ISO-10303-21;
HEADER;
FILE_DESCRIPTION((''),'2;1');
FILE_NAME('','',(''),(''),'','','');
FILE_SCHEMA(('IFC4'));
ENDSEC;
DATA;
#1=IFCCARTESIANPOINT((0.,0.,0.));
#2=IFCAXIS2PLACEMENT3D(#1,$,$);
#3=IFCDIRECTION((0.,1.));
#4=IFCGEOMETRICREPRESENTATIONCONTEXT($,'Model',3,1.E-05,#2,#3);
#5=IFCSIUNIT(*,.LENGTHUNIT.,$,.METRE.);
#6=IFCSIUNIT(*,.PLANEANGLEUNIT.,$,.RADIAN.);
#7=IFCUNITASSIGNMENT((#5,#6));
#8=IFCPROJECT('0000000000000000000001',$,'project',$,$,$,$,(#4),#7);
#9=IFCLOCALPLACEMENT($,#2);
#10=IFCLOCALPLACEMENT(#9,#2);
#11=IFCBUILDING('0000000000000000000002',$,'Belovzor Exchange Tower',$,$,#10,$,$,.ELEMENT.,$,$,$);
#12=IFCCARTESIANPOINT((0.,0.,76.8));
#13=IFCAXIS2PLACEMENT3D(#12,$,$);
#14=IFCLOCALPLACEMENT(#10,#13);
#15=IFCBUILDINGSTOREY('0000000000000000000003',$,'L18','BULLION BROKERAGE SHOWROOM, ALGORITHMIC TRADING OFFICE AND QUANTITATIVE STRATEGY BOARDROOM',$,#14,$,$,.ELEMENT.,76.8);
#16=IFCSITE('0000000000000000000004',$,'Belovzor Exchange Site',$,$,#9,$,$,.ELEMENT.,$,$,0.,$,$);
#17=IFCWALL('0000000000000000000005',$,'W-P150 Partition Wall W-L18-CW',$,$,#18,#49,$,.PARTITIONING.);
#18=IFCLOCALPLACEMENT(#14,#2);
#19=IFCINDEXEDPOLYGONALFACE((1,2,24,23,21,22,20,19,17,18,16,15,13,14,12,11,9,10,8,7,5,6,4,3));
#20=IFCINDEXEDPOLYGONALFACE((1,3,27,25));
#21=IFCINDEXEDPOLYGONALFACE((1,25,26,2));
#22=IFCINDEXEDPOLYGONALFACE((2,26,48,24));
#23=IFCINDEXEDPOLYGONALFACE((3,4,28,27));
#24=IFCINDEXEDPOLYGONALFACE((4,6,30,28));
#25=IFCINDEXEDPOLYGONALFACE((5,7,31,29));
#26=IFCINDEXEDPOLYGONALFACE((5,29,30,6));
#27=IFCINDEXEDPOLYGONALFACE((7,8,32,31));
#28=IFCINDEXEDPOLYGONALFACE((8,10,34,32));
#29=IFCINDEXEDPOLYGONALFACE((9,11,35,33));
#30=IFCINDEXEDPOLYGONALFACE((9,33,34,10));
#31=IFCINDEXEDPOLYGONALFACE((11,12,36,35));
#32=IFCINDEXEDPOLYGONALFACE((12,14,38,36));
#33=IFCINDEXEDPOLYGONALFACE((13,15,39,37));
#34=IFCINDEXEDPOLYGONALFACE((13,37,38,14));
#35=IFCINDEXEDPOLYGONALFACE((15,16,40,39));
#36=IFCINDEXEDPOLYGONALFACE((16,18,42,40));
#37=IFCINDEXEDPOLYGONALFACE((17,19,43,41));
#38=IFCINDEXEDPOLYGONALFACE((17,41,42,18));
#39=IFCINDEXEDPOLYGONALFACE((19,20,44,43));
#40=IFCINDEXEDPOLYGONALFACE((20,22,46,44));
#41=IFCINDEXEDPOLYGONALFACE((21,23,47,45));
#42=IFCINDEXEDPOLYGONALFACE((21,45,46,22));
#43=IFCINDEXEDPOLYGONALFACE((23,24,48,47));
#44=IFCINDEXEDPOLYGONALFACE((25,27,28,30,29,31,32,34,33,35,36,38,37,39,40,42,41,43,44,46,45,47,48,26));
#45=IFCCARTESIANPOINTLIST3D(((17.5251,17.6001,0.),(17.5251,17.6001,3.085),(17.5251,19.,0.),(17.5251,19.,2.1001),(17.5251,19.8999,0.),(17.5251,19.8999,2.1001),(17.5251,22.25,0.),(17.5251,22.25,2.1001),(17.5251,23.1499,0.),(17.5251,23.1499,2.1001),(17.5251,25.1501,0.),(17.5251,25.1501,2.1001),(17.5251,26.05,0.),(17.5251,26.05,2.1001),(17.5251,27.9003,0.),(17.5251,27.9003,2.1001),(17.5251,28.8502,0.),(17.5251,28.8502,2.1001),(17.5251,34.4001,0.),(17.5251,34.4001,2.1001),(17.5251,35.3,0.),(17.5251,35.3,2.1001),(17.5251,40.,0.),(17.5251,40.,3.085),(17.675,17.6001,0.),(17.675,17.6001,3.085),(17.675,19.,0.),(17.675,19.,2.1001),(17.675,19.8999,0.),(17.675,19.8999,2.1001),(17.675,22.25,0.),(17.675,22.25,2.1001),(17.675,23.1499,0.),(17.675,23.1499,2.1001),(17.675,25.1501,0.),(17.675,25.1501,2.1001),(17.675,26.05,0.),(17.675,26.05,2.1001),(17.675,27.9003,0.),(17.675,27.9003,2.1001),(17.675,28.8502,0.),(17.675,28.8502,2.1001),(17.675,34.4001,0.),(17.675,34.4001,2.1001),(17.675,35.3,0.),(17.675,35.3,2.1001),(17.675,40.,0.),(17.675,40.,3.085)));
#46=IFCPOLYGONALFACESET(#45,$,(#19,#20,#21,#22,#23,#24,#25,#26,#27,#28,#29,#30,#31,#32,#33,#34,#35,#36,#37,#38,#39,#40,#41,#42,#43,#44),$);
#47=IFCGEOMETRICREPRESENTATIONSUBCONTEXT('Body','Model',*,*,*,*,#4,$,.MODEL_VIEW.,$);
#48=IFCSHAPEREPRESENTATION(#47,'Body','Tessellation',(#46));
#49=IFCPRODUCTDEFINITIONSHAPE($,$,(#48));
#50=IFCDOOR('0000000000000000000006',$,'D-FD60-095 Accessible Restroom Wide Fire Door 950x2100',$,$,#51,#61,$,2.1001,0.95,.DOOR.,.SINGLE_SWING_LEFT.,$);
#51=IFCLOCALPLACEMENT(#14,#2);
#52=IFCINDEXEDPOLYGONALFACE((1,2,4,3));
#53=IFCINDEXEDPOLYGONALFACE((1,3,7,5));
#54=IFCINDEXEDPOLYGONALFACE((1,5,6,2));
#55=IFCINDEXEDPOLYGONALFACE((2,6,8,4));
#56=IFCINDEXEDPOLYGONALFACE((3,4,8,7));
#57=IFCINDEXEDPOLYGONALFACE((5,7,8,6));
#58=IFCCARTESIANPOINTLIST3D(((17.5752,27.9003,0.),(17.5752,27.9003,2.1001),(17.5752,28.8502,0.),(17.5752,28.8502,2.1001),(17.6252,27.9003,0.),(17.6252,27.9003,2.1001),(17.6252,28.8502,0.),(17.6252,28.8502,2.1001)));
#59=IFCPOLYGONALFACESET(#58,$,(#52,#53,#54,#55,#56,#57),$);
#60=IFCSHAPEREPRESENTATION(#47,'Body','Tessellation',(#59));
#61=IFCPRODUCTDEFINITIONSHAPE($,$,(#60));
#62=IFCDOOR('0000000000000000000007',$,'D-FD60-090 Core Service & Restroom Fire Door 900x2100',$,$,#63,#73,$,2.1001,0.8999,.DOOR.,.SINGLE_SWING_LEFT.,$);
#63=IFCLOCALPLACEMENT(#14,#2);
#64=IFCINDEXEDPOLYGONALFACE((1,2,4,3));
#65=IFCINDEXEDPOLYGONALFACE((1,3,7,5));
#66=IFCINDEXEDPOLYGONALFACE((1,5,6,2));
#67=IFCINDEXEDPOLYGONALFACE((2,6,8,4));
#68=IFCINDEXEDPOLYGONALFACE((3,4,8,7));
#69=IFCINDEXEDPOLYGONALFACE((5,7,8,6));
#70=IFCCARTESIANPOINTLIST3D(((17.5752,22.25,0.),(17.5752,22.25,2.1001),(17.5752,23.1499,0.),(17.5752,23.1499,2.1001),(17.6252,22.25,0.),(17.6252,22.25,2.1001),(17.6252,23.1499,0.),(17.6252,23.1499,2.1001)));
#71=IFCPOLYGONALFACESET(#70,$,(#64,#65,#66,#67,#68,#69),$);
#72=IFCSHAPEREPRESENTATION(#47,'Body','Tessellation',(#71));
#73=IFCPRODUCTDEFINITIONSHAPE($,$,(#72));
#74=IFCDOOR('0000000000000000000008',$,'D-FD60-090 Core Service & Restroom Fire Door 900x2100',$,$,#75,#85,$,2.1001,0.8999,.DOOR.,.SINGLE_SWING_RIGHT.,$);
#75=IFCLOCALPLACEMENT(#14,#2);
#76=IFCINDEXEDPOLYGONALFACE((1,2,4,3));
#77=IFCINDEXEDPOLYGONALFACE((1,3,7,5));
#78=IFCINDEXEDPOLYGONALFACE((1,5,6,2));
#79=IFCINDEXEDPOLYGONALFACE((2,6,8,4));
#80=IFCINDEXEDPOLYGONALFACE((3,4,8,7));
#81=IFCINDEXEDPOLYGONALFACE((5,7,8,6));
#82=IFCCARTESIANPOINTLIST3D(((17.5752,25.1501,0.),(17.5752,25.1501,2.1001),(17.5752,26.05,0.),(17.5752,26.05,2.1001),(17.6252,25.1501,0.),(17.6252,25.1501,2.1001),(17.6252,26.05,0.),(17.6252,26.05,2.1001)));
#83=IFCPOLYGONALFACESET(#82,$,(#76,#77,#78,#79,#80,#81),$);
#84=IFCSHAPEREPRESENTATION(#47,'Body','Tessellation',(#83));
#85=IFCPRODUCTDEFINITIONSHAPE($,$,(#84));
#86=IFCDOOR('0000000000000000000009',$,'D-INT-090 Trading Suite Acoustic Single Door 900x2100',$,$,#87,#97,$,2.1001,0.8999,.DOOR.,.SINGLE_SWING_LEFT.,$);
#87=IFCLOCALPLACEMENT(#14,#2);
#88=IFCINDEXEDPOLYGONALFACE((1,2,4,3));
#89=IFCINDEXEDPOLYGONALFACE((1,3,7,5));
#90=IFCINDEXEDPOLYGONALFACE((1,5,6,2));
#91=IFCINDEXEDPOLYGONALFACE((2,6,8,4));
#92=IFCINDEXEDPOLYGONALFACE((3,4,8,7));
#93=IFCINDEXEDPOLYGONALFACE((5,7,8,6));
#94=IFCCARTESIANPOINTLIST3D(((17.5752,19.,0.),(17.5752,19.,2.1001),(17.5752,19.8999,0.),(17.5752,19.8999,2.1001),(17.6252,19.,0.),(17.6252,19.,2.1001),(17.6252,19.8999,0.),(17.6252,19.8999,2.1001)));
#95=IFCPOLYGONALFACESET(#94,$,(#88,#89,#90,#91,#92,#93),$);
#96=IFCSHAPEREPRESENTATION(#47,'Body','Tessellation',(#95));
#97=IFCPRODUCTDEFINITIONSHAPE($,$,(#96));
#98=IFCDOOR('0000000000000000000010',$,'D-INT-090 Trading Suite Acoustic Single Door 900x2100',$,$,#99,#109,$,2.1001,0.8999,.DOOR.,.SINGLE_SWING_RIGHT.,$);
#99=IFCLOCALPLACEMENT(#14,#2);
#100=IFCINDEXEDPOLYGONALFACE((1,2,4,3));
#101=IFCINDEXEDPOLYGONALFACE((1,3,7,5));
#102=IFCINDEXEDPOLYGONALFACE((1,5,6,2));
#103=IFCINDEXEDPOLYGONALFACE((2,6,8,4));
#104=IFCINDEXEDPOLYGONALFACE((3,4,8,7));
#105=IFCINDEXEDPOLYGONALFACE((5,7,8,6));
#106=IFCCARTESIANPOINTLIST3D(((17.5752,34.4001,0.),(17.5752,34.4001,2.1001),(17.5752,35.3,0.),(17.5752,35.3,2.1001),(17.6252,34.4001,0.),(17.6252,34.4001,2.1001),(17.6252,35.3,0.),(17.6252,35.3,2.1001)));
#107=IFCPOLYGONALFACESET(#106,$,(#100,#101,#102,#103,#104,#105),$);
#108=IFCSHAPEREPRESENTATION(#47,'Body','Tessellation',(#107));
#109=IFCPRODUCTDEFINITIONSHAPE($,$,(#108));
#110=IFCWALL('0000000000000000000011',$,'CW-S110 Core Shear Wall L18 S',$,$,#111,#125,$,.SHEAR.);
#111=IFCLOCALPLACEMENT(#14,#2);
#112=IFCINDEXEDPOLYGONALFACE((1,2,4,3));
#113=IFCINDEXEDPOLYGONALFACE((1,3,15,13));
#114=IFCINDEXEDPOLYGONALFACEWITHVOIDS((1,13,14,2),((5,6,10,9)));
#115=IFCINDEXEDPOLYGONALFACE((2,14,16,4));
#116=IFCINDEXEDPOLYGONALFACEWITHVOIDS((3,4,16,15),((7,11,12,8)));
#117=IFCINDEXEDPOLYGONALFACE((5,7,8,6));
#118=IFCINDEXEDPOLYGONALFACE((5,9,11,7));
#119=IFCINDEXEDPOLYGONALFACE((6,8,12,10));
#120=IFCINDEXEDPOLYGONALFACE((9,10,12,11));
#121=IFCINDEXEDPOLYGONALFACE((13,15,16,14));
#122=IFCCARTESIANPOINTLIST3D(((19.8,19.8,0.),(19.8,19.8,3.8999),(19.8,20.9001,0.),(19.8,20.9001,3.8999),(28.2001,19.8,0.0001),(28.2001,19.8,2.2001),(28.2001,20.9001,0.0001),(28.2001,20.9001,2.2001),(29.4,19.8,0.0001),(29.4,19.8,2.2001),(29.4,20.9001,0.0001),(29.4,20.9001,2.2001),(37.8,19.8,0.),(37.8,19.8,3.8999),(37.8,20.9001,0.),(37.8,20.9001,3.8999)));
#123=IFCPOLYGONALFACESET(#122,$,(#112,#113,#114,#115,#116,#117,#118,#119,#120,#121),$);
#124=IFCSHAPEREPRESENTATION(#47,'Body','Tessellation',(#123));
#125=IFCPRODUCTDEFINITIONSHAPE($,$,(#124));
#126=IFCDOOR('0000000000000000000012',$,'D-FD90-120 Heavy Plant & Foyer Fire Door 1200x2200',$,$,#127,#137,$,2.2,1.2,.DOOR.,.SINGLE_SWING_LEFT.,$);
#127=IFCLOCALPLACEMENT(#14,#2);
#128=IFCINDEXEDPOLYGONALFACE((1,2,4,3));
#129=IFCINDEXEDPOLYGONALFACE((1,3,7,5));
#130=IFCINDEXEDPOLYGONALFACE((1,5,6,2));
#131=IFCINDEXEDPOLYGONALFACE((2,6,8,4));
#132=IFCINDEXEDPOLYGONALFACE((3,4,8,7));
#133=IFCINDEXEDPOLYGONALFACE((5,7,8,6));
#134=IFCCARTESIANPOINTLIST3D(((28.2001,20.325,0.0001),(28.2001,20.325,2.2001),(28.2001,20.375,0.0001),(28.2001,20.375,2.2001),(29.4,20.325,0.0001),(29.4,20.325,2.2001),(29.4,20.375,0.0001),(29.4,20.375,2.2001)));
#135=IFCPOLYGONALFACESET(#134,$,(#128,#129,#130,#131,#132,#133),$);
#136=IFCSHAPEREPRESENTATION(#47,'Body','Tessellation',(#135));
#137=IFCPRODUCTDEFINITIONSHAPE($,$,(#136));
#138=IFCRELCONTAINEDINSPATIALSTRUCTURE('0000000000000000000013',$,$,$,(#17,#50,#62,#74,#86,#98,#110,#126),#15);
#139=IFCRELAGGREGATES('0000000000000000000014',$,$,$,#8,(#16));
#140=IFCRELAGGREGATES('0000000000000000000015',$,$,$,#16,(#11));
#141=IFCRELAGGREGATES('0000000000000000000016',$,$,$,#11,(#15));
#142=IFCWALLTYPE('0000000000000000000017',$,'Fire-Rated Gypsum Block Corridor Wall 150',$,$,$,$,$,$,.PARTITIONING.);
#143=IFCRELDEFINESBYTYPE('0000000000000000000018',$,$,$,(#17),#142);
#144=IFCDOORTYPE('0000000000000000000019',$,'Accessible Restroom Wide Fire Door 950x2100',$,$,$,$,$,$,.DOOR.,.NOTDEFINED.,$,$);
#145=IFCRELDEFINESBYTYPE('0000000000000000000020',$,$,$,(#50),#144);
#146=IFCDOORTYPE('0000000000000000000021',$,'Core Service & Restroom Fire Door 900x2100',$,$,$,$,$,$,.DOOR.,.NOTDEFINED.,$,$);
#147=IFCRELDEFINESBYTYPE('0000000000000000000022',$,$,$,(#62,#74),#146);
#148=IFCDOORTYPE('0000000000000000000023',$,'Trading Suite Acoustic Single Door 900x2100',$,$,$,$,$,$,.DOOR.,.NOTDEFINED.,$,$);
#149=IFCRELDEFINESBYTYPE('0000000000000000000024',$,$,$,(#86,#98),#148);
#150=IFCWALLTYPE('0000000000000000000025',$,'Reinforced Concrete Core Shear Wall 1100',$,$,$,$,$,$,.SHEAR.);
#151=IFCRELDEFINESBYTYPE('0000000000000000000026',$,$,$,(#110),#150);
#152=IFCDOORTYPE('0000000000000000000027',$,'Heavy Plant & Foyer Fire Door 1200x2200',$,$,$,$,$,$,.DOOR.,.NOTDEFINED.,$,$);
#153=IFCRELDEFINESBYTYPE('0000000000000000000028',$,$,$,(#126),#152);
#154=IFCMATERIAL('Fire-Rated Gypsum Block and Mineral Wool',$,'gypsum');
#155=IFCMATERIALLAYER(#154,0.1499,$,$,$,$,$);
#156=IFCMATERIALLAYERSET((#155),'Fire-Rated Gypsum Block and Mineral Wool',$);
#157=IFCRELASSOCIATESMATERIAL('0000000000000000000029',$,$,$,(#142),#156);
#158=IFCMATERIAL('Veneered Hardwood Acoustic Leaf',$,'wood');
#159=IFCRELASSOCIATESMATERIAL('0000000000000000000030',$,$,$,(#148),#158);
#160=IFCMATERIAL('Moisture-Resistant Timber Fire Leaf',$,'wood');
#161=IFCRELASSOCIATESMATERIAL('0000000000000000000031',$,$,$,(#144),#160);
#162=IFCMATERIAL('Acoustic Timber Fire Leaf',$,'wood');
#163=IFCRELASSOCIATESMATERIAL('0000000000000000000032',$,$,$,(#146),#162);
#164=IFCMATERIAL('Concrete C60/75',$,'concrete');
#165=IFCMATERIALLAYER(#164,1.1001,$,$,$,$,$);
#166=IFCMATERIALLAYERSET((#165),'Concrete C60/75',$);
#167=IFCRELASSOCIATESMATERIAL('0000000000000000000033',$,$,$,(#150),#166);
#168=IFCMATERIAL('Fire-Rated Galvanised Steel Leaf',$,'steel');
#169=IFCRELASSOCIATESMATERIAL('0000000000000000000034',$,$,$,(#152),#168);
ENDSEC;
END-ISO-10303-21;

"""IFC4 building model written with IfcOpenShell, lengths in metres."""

from ifc_helpers import new_model, si_unit, direction, frame, frame_2d, origin, place, context, subcontext, project, spatial, rectangle, extrude, material, layer, layer_set, type_object, element, fill, save


model = new_model("IFC4")

# Units and contexts
model_context = context("Model", 3, precision=1e-05, world=origin(), true_north=direction((0.0, 1.0)))
body_context = subcontext(model_context, "Body", "Model", "MODEL_VIEW")
ifc_project = project(units=[si_unit("LENGTHUNIT", "METRE"), si_unit("PLANEANGLEUNIT", "RADIAN")], contexts=[model_context])

# Site, building, storey
site_placement = place(None, origin())
site = spatial("IfcSite", under=ifc_project, at=site_placement, Name="Belovzor Exchange Site", CompositionType="ELEMENT", RefElevation=0.0)
building_placement = place(site_placement, origin())
building = spatial("IfcBuilding", under=site, at=building_placement, Name="Belovzor Exchange Tower", CompositionType="ELEMENT")
storey_placement = place(building_placement, frame((0.0, 0.0, 76.8)))
storey = spatial("IfcBuildingStorey", under=building, at=storey_placement, Name="L18", Description="BULLION BROKERAGE SHOWROOM, ALGORITHMIC TRADING OFFICE AND QUANTITATIVE STRATEGY BOARDROOM", CompositionType="ELEMENT", Elevation=76.8)

# Shared definitions
ifc_material_1 = material(Name="Fire-Rated Gypsum Block and Mineral Wool", Category="gypsum")
ifc_layer_1 = layer(ifc_material_1, 0.1499)
ifc_layer_set_1 = layer_set([ifc_layer_1], Name="Fire-Rated Gypsum Block and Mineral Wool")
wall_type_1 = type_object("IfcWallType", Name="Fire-Rated Gypsum Block Corridor Wall 150", PredefinedType="PARTITIONING", material=ifc_layer_set_1)

# Wall, openings, doors
ifc_material_2 = material(Name="Veneered Hardwood Acoustic Leaf", Category="wood")
door_type_1 = type_object("IfcDoorType", Name="Trading Suite Acoustic Single Door 900x2100", OperationType="NOTDEFINED", PredefinedType="DOOR", material=ifc_material_2)
wall_1_placement = place(storey_placement, frame((17.6001, 17.6001, 0.0), z_axis=(0.0, 0.0, 1.0), x_axis=(0.0, 1.0, 0.0)))
wall_1 = element("IfcWall", 1, at=wall_1_placement, inside=storey, type_object=wall_type_1, Name="W-P150 Partition Wall W-L18-CW", PredefinedType="PARTITIONING", context=body_context, shape_type="SweptSolid", body=[
    extrude(rectangle(XDim=22.3999, YDim=0.1499, at=frame_2d((11.2, 0.0))), origin(), (0.0, 0.0, 1.0), 3.085),
])
opening_1_placement = place(wall_1_placement, frame((1.3999, 0.0, 0.0)))
opening_1 = element("IfcOpeningElement", 2, at=opening_1_placement, cuts=wall_1, PredefinedType="OPENING", context=body_context, shape_type="SweptSolid", body=[
    extrude(rectangle(XDim=0.8999, YDim=2.1001, at=frame_2d((0.45, 1.05))), frame((0.0, 0.085, 0.0), z_axis=(0.0, -1.0, 0.0), x_axis=(1.0, 0.0, 0.0)), (0.0, 0.0, 1.0), 0.1699),
])
opening_2_placement = place(wall_1_placement, frame((4.6499, 0.0, 0.0)))
opening_2 = element("IfcOpeningElement", 3, at=opening_2_placement, cuts=wall_1, PredefinedType="OPENING", context=body_context, shape_type="SweptSolid", body=[
    extrude(rectangle(XDim=0.8999, YDim=2.1001, at=frame_2d((0.45, 1.05))), frame((0.0, 0.085, 0.0), z_axis=(0.0, -1.0, 0.0), x_axis=(1.0, 0.0, 0.0)), (0.0, 0.0, 1.0), 0.1699),
])
opening_3_placement = place(wall_1_placement, frame((7.55, 0.0, 0.0)))
opening_3 = element("IfcOpeningElement", 4, at=opening_3_placement, cuts=wall_1, PredefinedType="OPENING", context=body_context, shape_type="SweptSolid", body=[
    extrude(rectangle(XDim=0.8999, YDim=2.1001, at=frame_2d((0.45, 1.05))), frame((0.0, 0.085, 0.0), z_axis=(0.0, -1.0, 0.0), x_axis=(1.0, 0.0, 0.0)), (0.0, 0.0, 1.0), 0.1699),
])
opening_4_placement = place(wall_1_placement, frame((10.3, 0.0, 0.0)))
opening_4 = element("IfcOpeningElement", 5, at=opening_4_placement, cuts=wall_1, PredefinedType="OPENING", context=body_context, shape_type="SweptSolid", body=[
    extrude(rectangle(XDim=0.95, YDim=2.1001, at=frame_2d((0.4751, 1.05))), frame((0.0, 0.085, 0.0), z_axis=(0.0, -1.0, 0.0), x_axis=(1.0, 0.0, 0.0)), (0.0, 0.0, 1.0), 0.1699),
])
opening_5_placement = place(wall_1_placement, frame((16.8, 0.0, 0.0)))
opening_5 = element("IfcOpeningElement", 6, at=opening_5_placement, cuts=wall_1, PredefinedType="OPENING", context=body_context, shape_type="SweptSolid", body=[
    extrude(rectangle(XDim=0.8999, YDim=2.1001, at=frame_2d((0.45, 1.05))), frame((0.0, 0.085, 0.0), z_axis=(0.0, -1.0, 0.0), x_axis=(1.0, 0.0, 0.0)), (0.0, 0.0, 1.0), 0.1699),
])
ifc_material_3 = material(Name="Moisture-Resistant Timber Fire Leaf", Category="wood")
door_type_2 = type_object("IfcDoorType", Name="Accessible Restroom Wide Fire Door 950x2100", OperationType="NOTDEFINED", PredefinedType="DOOR", material=ifc_material_3)
door_1_placement = place(opening_4_placement, origin())
door_1 = element("IfcDoor", 7, at=door_1_placement, inside=storey, type_object=door_type_2, Name="D-FD60-095 Accessible Restroom Wide Fire Door 950x2100", OperationType="SINGLE_SWING_LEFT", OverallHeight=2.1001, OverallWidth=0.95, PredefinedType="DOOR", context=body_context, shape_type="SweptSolid", body=[
    extrude(rectangle(XDim=0.95, YDim=2.1001, at=frame_2d((0.4751, 1.05))), frame((0.0, 0.0249, 0.0), z_axis=(0.0, -1.0, 0.0), x_axis=(1.0, 0.0, 0.0)), (0.0, 0.0, 1.0), 0.05),
])
fill(opening_4, door_1)
ifc_material_4 = material(Name="Acoustic Timber Fire Leaf", Category="wood")
door_type_3 = type_object("IfcDoorType", Name="Core Service & Restroom Fire Door 900x2100", OperationType="NOTDEFINED", PredefinedType="DOOR", material=ifc_material_4)
door_2_placement = place(opening_2_placement, origin())
door_2 = element("IfcDoor", 8, at=door_2_placement, inside=storey, type_object=door_type_3, Name="D-FD60-090 Core Service & Restroom Fire Door 900x2100", OperationType="SINGLE_SWING_LEFT", OverallHeight=2.1001, OverallWidth=0.8999, PredefinedType="DOOR", context=body_context, shape_type="SweptSolid", body=[
    extrude(rectangle(XDim=0.8999, YDim=2.1001, at=frame_2d((0.45, 1.05))), frame((0.0, 0.0249, 0.0), z_axis=(0.0, -1.0, 0.0), x_axis=(1.0, 0.0, 0.0)), (0.0, 0.0, 1.0), 0.05),
])
fill(opening_2, door_2)
door_3_placement = place(opening_3_placement, origin())
door_3 = element("IfcDoor", 9, at=door_3_placement, inside=storey, type_object=door_type_3, Name="D-FD60-090 Core Service & Restroom Fire Door 900x2100", OperationType="SINGLE_SWING_RIGHT", OverallHeight=2.1001, OverallWidth=0.8999, PredefinedType="DOOR", context=body_context, shape_type="SweptSolid", body=[
    extrude(rectangle(XDim=0.8999, YDim=2.1001, at=frame_2d((0.45, 1.05))), frame((0.0, 0.0249, 0.0), z_axis=(0.0, -1.0, 0.0), x_axis=(1.0, 0.0, 0.0)), (0.0, 0.0, 1.0), 0.05),
])
fill(opening_3, door_3)
door_4_placement = place(opening_1_placement, origin())
door_4 = element("IfcDoor", 10, at=door_4_placement, inside=storey, type_object=door_type_1, Name="D-INT-090 Trading Suite Acoustic Single Door 900x2100", OperationType="SINGLE_SWING_LEFT", OverallHeight=2.1001, OverallWidth=0.8999, PredefinedType="DOOR", context=body_context, shape_type="SweptSolid", body=[
    extrude(rectangle(XDim=0.8999, YDim=2.1001, at=frame_2d((0.45, 1.05))), frame((0.0, 0.0249, 0.0), z_axis=(0.0, -1.0, 0.0), x_axis=(1.0, 0.0, 0.0)), (0.0, 0.0, 1.0), 0.05),
])
fill(opening_1, door_4)
door_5_placement = place(opening_5_placement, origin())
door_5 = element("IfcDoor", 11, at=door_5_placement, inside=storey, type_object=door_type_1, Name="D-INT-090 Trading Suite Acoustic Single Door 900x2100", OperationType="SINGLE_SWING_RIGHT", OverallHeight=2.1001, OverallWidth=0.8999, PredefinedType="DOOR", context=body_context, shape_type="SweptSolid", body=[
    extrude(rectangle(XDim=0.8999, YDim=2.1001, at=frame_2d((0.45, 1.05))), frame((0.0, 0.0249, 0.0), z_axis=(0.0, -1.0, 0.0), x_axis=(1.0, 0.0, 0.0)), (0.0, 0.0, 1.0), 0.05),
])
fill(opening_5, door_5)

# Wall, opening, door
ifc_material_5 = material(Name="Concrete C60/75", Category="concrete")
ifc_layer_2 = layer(ifc_material_5, 1.1001)
ifc_layer_set_2 = layer_set([ifc_layer_2], Name="Concrete C60/75")
wall_type_2 = type_object("IfcWallType", Name="Reinforced Concrete Core Shear Wall 1100", PredefinedType="SHEAR", material=ifc_layer_set_2)
wall_2_placement = place(storey_placement, frame((19.8, 20.3501, 0.0), z_axis=(0.0, 0.0, 1.0), x_axis=(1.0, 0.0, 0.0)))
wall_2 = element("IfcWall", 12, at=wall_2_placement, inside=storey, type_object=wall_type_2, Name="CW-S110 Core Shear Wall L18 S", PredefinedType="SHEAR", context=body_context, shape_type="SweptSolid", body=[
    extrude(rectangle(XDim=18.0, YDim=1.1001, at=frame_2d((9.0, 0.0))), origin(), (0.0, 0.0, 1.0), 3.8999),
])
opening_6_placement = place(wall_2_placement, frame((8.3999, 0.0, 0.0)))
opening_6 = element("IfcOpeningElement", 13, at=opening_6_placement, cuts=wall_2, PredefinedType="OPENING", context=body_context, shape_type="SweptSolid", body=[
    extrude(rectangle(XDim=1.2, YDim=2.2, at=frame_2d((0.6001, 1.1001))), frame((0.0, 0.5601, 0.0), z_axis=(0.0, -1.0, 0.0), x_axis=(1.0, 0.0, 0.0)), (0.0, 0.0, 1.0), 1.1201),
])
ifc_material_6 = material(Name="Fire-Rated Galvanised Steel Leaf", Category="steel")
door_type_4 = type_object("IfcDoorType", Name="Heavy Plant & Foyer Fire Door 1200x2200", OperationType="NOTDEFINED", PredefinedType="DOOR", material=ifc_material_6)
door_6_placement = place(opening_6_placement, origin())
door_6 = element("IfcDoor", 14, at=door_6_placement, inside=storey, type_object=door_type_4, Name="D-FD90-120 Heavy Plant & Foyer Fire Door 1200x2200", OperationType="SINGLE_SWING_LEFT", OverallHeight=2.2, OverallWidth=1.2, PredefinedType="DOOR", context=body_context, shape_type="SweptSolid", body=[
    extrude(rectangle(XDim=1.2, YDim=2.2, at=frame_2d((0.6001, 1.1001))), frame((0.0, 0.0249, 0.0), z_axis=(0.0, -1.0, 0.0), x_axis=(1.0, 0.0, 0.0)), (0.0, 0.0, 1.0), 0.05),
])
fill(opening_6, door_6)

save(model, "model.ifc")
